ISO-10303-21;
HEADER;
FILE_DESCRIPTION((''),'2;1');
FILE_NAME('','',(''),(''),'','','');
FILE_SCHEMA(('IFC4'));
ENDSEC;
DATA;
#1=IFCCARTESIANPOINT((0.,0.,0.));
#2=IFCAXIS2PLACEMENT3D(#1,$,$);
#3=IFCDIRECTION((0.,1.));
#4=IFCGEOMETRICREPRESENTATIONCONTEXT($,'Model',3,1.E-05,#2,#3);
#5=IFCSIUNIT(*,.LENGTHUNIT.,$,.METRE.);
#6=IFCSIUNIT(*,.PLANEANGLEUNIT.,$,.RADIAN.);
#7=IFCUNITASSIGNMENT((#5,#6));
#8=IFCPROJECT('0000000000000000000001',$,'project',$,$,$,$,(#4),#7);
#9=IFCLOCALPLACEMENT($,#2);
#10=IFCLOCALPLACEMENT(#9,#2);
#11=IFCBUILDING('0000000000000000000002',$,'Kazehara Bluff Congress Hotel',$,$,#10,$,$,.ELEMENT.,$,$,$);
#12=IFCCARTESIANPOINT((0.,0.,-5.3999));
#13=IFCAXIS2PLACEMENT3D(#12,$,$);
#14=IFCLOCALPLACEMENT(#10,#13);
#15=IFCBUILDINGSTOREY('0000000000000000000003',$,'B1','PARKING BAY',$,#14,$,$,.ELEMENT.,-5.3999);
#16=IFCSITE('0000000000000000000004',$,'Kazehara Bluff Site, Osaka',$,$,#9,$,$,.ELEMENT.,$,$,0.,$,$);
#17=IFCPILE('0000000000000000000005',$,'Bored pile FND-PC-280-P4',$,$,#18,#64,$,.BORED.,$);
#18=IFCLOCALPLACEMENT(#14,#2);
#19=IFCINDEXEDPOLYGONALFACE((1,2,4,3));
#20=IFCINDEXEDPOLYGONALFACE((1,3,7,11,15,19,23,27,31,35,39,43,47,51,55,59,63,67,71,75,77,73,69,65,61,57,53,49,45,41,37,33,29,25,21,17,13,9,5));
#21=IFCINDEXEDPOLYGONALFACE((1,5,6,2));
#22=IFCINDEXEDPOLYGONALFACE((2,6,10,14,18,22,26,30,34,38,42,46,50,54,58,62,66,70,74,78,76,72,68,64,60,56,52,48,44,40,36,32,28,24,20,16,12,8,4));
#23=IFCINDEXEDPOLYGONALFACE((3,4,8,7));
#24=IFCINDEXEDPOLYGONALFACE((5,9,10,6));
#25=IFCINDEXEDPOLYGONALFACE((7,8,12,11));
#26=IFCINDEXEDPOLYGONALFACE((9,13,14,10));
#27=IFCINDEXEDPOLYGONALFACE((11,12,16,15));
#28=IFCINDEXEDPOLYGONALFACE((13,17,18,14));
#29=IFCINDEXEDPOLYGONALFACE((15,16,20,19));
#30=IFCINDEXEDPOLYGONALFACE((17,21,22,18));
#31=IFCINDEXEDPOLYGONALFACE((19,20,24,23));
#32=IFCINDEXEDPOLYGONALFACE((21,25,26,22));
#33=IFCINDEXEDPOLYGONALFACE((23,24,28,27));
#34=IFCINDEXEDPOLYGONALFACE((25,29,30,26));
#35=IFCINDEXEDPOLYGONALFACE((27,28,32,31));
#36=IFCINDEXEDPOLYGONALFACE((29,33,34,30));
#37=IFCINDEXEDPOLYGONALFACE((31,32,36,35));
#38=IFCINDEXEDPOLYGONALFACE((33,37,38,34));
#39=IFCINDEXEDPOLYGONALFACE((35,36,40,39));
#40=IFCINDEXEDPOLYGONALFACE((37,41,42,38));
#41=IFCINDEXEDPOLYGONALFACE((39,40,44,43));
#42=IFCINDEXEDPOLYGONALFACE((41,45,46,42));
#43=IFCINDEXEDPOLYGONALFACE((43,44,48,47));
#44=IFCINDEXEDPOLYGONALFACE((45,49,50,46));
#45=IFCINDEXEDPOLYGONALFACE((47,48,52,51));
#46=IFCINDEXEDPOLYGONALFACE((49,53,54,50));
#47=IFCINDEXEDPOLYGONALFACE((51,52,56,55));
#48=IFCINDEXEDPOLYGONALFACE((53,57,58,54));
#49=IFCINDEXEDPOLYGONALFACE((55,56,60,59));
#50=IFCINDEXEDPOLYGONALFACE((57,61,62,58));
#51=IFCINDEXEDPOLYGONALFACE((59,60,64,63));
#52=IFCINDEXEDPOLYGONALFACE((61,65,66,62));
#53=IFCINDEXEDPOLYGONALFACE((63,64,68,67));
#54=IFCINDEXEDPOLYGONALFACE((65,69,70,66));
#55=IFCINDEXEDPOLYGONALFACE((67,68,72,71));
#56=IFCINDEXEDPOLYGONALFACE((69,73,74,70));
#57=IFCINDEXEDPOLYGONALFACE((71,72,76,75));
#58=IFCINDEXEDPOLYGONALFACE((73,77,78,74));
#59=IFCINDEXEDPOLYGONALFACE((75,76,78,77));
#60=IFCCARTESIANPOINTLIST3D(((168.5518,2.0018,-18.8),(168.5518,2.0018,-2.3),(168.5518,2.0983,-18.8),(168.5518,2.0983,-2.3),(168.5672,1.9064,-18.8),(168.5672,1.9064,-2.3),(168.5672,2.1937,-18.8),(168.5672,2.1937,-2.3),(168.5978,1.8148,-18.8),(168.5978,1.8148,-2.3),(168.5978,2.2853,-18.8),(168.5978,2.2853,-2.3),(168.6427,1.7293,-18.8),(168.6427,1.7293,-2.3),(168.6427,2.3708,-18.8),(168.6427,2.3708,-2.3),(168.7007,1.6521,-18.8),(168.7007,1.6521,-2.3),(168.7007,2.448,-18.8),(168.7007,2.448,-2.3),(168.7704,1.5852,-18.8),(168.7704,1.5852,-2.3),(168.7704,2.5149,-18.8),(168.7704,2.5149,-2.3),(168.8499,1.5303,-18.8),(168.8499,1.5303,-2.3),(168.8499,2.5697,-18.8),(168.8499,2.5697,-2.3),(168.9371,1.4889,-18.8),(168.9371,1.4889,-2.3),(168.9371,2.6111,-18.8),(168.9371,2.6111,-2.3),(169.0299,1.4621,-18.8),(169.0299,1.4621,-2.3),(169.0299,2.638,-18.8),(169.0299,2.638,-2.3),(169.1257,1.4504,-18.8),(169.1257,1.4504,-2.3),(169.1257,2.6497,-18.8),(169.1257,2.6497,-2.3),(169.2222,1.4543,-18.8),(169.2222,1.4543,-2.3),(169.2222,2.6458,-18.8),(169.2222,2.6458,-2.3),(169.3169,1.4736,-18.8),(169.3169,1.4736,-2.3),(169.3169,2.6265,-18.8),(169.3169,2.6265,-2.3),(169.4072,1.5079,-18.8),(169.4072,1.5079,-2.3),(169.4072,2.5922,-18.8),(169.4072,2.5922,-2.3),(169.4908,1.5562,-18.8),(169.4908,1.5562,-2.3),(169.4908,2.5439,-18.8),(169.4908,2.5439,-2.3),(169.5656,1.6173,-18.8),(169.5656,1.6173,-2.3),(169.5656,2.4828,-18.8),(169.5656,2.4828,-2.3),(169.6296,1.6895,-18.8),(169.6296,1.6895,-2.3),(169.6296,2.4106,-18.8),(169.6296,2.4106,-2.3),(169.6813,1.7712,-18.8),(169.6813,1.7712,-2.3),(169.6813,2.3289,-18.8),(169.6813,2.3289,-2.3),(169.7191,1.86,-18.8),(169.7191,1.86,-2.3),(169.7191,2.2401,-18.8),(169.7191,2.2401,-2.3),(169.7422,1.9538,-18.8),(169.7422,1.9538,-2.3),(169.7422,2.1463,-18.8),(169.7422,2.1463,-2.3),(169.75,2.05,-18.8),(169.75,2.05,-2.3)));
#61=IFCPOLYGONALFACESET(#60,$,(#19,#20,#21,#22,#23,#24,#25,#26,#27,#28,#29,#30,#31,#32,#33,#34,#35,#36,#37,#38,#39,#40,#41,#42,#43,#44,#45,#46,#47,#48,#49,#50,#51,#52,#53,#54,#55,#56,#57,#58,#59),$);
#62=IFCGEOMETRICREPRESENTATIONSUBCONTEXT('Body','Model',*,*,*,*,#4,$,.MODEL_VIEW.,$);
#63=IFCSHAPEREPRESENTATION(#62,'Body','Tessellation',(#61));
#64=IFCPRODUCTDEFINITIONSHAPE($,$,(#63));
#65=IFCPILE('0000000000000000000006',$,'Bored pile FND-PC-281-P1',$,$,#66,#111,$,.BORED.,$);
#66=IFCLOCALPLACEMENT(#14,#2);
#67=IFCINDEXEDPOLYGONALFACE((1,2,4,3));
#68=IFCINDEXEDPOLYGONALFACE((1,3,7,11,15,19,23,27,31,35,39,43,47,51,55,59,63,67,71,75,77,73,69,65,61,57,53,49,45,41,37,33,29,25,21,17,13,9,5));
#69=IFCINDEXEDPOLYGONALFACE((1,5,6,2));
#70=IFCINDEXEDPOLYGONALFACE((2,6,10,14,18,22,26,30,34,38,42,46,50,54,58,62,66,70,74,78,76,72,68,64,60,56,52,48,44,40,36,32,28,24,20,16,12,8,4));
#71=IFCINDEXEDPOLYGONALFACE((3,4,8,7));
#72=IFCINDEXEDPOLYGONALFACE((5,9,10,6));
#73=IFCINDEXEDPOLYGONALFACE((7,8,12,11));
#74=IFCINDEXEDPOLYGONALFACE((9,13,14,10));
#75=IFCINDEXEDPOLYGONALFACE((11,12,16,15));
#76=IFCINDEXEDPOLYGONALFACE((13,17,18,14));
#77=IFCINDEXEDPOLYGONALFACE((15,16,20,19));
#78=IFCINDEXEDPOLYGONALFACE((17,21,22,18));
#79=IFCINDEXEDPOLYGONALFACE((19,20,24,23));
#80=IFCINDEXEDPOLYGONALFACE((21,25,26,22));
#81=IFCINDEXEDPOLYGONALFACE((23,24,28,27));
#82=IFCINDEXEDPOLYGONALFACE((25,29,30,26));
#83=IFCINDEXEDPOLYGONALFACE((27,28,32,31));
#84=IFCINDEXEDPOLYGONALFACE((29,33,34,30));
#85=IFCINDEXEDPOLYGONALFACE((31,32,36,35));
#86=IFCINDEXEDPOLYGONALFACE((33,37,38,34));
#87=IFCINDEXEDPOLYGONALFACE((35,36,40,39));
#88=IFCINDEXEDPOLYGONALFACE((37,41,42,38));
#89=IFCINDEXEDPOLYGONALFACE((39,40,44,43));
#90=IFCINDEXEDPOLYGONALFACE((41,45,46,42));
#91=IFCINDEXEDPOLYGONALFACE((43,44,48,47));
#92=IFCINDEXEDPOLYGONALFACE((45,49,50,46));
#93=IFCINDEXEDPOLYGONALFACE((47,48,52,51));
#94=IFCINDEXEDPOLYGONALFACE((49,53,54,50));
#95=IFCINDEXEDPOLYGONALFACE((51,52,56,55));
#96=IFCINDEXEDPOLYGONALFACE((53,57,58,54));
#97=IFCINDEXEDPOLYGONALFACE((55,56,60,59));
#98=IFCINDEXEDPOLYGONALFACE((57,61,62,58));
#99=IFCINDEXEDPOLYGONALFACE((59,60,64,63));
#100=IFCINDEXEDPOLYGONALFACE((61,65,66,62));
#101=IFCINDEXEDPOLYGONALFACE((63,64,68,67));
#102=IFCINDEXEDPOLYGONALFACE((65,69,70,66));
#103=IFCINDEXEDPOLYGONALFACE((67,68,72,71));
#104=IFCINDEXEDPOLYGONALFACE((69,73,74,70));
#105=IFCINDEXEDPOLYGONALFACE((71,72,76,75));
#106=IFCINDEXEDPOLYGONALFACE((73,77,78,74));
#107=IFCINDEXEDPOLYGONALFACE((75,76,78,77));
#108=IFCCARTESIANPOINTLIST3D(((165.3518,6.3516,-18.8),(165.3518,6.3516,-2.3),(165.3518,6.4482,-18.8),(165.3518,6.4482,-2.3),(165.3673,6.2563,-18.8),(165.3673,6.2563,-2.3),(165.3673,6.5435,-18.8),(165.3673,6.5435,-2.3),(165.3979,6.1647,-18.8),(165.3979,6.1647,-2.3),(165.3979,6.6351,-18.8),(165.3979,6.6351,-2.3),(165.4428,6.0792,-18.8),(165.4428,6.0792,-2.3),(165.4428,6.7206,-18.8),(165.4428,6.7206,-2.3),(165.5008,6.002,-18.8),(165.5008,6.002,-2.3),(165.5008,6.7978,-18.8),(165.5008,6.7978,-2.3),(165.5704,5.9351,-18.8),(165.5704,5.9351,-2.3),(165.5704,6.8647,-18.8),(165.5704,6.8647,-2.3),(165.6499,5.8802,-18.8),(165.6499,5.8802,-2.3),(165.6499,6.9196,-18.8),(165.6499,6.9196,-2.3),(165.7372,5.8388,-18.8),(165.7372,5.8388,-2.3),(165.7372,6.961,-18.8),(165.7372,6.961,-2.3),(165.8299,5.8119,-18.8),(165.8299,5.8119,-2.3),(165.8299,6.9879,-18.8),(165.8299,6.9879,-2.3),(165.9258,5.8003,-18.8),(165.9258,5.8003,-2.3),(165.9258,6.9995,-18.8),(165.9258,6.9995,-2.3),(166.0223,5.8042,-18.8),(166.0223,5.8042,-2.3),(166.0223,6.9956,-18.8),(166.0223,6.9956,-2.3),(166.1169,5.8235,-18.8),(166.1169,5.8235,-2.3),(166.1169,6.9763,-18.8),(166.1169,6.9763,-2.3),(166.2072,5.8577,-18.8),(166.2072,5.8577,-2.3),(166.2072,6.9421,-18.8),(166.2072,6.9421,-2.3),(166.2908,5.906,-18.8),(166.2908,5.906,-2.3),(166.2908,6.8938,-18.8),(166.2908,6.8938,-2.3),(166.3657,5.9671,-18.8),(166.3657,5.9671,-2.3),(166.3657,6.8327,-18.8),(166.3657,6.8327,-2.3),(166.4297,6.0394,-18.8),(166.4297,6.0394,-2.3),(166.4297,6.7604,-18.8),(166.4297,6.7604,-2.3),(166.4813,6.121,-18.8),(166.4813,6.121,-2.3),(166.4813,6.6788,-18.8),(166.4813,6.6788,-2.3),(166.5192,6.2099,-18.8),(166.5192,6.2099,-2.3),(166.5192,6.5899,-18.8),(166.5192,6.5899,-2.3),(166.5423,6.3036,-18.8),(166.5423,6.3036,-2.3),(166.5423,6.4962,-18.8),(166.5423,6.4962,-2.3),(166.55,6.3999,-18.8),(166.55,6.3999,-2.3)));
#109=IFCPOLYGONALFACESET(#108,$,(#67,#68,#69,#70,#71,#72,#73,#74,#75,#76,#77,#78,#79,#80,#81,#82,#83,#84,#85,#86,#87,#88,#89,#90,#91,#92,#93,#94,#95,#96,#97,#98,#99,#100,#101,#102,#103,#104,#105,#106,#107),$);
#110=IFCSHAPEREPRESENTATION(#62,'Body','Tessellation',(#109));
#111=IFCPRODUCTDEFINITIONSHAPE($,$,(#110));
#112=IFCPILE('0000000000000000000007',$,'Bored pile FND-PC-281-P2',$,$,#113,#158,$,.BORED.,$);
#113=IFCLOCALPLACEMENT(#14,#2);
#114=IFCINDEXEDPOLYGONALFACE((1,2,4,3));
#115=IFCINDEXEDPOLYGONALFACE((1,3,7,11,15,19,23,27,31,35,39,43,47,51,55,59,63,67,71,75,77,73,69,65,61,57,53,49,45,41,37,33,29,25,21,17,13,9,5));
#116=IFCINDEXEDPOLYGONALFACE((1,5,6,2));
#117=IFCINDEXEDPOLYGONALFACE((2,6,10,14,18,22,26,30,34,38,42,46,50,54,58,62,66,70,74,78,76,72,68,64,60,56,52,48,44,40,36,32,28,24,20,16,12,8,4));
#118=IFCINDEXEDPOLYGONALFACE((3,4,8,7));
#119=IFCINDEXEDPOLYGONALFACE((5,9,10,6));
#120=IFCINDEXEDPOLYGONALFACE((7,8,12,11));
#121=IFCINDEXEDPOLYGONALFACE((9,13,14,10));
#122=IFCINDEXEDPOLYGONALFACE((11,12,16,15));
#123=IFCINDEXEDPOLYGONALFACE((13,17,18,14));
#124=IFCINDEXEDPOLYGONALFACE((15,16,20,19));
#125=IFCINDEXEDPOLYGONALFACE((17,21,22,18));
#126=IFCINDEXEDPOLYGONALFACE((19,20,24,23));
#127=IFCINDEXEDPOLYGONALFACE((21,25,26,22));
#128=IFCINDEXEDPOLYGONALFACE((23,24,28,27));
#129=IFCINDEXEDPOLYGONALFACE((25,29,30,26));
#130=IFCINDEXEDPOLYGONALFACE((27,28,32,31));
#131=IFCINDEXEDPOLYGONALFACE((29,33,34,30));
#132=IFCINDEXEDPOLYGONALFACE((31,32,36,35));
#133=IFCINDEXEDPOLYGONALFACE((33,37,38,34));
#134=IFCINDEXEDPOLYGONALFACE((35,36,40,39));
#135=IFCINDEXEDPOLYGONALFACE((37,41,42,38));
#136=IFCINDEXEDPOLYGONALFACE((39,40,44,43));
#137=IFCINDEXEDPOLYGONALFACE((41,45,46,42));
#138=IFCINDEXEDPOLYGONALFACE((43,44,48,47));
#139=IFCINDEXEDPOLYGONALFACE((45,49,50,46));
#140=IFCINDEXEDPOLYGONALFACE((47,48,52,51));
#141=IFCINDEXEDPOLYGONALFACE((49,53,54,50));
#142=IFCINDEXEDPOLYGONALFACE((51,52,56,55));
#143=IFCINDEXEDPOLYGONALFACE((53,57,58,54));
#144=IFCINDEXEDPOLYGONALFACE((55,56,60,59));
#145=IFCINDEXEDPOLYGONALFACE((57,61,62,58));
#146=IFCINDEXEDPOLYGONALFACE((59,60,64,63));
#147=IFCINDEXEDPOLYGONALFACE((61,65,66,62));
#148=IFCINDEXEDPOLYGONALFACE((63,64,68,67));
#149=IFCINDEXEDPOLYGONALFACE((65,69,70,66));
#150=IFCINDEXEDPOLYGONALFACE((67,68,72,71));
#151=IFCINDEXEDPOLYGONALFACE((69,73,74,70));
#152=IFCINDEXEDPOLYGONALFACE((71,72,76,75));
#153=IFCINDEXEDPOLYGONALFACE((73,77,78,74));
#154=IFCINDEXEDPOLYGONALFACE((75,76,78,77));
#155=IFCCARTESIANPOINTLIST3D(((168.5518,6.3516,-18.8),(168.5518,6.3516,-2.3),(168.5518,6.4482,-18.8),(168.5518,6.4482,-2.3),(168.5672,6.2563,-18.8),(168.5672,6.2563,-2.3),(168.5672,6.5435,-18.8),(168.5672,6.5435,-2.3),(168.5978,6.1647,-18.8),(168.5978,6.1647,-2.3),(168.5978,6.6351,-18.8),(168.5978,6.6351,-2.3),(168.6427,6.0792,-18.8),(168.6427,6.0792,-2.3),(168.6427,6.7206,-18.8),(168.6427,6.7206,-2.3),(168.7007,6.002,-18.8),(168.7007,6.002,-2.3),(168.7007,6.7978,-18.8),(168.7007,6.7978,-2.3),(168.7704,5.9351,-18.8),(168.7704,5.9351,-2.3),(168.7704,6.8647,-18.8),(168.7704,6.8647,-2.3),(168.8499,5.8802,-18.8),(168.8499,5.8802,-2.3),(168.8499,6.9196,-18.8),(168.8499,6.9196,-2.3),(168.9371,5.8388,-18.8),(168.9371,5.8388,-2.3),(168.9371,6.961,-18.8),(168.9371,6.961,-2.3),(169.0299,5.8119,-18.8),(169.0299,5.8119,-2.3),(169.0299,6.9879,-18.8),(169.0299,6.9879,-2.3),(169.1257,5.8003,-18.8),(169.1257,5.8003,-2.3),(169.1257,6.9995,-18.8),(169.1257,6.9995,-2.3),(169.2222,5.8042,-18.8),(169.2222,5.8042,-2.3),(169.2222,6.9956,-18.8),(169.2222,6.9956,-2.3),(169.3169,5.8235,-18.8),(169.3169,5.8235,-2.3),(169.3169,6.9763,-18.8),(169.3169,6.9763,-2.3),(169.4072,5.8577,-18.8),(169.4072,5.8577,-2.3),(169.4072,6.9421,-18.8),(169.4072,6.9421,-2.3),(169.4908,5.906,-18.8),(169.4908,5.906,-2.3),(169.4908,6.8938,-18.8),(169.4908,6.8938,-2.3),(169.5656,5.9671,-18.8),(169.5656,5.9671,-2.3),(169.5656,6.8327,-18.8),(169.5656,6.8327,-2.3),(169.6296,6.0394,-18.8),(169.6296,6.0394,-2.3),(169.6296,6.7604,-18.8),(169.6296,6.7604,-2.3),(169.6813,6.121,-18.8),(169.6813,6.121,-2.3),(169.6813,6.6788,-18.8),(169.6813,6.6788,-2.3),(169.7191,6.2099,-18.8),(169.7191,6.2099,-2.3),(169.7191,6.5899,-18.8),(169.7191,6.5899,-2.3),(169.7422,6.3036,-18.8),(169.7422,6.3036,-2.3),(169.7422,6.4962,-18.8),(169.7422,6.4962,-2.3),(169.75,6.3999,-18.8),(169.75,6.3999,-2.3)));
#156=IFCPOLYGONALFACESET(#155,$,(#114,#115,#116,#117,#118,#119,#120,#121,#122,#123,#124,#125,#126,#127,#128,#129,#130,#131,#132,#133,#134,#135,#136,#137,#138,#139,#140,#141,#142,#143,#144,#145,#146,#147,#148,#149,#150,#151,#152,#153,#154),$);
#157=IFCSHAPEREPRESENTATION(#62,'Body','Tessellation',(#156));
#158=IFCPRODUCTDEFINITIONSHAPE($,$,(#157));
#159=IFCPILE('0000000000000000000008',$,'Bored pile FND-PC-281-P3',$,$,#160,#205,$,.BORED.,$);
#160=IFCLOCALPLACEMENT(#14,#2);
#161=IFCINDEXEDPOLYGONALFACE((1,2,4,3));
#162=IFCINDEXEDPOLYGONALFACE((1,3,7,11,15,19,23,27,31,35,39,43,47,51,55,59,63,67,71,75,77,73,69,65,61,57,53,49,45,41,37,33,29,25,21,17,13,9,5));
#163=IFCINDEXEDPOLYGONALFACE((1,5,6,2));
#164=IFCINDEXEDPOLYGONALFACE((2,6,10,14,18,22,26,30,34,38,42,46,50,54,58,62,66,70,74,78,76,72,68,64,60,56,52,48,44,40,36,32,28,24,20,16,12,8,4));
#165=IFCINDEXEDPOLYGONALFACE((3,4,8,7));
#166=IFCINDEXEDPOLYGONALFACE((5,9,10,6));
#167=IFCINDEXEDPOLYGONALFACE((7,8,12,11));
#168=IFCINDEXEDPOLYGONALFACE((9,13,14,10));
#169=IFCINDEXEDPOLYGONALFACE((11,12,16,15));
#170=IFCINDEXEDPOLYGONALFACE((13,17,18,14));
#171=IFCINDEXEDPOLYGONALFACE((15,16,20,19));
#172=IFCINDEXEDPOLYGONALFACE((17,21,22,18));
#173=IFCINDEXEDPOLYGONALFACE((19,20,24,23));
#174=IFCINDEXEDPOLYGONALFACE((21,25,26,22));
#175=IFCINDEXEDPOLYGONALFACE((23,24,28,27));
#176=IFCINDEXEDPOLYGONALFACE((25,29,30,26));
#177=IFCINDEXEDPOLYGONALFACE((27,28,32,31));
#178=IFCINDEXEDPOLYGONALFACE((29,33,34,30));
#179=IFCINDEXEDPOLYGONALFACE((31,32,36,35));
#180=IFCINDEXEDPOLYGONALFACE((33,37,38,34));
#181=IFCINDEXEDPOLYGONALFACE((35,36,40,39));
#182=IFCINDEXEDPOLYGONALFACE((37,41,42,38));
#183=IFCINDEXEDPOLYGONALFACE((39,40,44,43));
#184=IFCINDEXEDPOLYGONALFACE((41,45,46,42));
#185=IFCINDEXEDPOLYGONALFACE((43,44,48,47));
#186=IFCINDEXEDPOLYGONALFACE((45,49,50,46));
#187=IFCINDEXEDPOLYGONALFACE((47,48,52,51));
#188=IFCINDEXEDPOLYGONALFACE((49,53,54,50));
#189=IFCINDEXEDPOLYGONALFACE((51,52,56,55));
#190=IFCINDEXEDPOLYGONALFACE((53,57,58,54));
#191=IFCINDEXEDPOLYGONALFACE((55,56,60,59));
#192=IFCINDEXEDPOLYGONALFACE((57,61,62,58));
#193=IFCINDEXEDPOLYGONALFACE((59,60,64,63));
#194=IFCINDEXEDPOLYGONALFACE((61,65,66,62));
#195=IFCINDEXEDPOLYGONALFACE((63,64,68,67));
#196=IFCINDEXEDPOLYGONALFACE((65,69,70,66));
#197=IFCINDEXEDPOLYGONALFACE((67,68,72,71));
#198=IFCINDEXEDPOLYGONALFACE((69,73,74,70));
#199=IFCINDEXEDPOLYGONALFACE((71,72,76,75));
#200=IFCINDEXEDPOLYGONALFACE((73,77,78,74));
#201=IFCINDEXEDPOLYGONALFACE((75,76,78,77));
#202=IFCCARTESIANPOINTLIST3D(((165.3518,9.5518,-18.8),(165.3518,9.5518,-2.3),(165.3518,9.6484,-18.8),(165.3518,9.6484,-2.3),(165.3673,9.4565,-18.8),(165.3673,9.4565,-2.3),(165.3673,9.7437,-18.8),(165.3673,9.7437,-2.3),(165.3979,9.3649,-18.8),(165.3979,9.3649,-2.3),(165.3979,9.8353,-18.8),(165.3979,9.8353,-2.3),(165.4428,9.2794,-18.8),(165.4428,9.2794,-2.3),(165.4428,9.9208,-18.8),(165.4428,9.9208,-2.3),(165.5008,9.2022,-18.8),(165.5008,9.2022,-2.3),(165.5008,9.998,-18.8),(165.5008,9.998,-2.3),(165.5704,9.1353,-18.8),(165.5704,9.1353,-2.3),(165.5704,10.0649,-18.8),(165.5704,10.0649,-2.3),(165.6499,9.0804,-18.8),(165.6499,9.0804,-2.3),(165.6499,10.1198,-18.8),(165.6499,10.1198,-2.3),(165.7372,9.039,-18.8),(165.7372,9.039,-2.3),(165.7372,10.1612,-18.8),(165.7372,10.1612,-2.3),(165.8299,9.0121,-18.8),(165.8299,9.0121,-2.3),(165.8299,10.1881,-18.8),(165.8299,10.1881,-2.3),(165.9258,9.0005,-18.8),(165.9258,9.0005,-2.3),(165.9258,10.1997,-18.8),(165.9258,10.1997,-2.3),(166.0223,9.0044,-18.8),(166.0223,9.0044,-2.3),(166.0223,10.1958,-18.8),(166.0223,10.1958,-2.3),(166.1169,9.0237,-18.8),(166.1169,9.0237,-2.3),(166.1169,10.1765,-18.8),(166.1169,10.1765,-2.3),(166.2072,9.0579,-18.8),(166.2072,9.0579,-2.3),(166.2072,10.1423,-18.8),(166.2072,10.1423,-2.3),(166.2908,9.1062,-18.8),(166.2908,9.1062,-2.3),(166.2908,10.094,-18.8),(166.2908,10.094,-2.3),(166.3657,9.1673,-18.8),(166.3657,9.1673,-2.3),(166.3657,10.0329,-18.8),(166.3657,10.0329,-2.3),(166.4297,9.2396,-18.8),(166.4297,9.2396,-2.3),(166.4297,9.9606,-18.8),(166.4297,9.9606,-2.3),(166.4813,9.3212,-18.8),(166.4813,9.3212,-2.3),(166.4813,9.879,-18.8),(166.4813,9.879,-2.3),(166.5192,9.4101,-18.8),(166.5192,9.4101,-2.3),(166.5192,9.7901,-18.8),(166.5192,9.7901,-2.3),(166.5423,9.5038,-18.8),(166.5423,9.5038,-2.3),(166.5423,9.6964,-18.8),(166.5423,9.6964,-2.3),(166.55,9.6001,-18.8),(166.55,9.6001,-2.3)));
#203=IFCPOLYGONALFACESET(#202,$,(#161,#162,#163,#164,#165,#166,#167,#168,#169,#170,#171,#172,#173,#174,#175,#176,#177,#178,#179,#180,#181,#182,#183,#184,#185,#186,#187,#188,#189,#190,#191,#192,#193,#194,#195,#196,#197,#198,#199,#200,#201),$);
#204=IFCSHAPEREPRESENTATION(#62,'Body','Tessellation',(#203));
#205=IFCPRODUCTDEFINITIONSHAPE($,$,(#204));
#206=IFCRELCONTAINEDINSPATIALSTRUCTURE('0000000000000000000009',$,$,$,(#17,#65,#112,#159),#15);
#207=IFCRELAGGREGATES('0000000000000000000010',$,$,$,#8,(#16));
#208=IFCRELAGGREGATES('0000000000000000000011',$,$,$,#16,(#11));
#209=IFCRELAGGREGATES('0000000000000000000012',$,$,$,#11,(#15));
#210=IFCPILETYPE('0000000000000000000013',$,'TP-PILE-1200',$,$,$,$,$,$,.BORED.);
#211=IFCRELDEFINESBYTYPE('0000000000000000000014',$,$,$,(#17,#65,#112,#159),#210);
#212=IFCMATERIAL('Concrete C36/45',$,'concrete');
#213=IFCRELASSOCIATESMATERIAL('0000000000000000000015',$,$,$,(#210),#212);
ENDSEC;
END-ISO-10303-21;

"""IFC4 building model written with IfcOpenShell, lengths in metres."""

from ifc_helpers import new_model, si_unit, direction, frame, origin, origin_2d, place, context, subcontext, project, spatial, circle, extrude, material, material_profile, profile_set, type_object, element, save


model = new_model("IFC4")

# Units and contexts
model_context = context("Model", 3, precision=1e-05, world=origin(), true_north=direction((0.0, 1.0)))
body_context = subcontext(model_context, "Body", "Model", "MODEL_VIEW")
ifc_project = project(units=[si_unit("LENGTHUNIT", "METRE"), si_unit("PLANEANGLEUNIT", "RADIAN")], contexts=[model_context])

# Site, building, storey
site_placement = place(None, origin())
site = spatial("IfcSite", under=ifc_project, at=site_placement, Name="Kazehara Bluff Site, Osaka", CompositionType="ELEMENT", RefElevation=0.0)
building_placement = place(site_placement, origin())
building = spatial("IfcBuilding", under=site, at=building_placement, Name="Kazehara Bluff Congress Hotel", CompositionType="ELEMENT")
storey_placement = place(building_placement, frame((0.0, 0.0, -5.3999)))
storey = spatial("IfcBuildingStorey", under=building, at=storey_placement, Name="B1", Description="PARKING BAY", CompositionType="ELEMENT", Elevation=-5.3999)

# Piles
ifc_material_1 = material(Name="Concrete C36/45", Category="concrete")
ifc_material_profile_1 = material_profile(ifc_material_1, circle(Radius=0.6001, at=origin_2d()))
ifc_profile_set_1 = profile_set([ifc_material_profile_1], Name="Concrete C36/45")
pile_type_1 = type_object("IfcPileType", Name="TP-PILE-1200", PredefinedType="BORED", material=ifc_profile_set_1)
for number, where, z_axis, x_axis, name in (
    (1, (169.1499, 2.05, -2.3), (0.0, 0.0, -1.0), (1.0, 0.0, 0.0), "Bored pile FND-PC-280-P4"),
    (2, (165.95, 6.3999, -2.3), (0.0, 0.0, -1.0), (1.0, 0.0, 0.0), "Bored pile FND-PC-281-P1"),
    (3, (169.1499, 6.3999, -2.3), (0.0, 0.0, -1.0), (1.0, 0.0, 0.0), "Bored pile FND-PC-281-P2"),
    (4, (165.95, 9.6001, -2.3), (0.0, 0.0, -1.0), (1.0, 0.0, 0.0), "Bored pile FND-PC-281-P3"),
):
    element("IfcPile", number, at=place(storey_placement, frame(where, z_axis=z_axis, x_axis=x_axis)), inside=storey, type_object=pile_type_1, Name=name, PredefinedType="BORED", context=body_context, shape_type="SweptSolid", body=[
        extrude(circle(Radius=0.6001, at=origin_2d()), origin(), (0.0, 0.0, 1.0), 16.5),
    ])

save(model, "model.ifc")
